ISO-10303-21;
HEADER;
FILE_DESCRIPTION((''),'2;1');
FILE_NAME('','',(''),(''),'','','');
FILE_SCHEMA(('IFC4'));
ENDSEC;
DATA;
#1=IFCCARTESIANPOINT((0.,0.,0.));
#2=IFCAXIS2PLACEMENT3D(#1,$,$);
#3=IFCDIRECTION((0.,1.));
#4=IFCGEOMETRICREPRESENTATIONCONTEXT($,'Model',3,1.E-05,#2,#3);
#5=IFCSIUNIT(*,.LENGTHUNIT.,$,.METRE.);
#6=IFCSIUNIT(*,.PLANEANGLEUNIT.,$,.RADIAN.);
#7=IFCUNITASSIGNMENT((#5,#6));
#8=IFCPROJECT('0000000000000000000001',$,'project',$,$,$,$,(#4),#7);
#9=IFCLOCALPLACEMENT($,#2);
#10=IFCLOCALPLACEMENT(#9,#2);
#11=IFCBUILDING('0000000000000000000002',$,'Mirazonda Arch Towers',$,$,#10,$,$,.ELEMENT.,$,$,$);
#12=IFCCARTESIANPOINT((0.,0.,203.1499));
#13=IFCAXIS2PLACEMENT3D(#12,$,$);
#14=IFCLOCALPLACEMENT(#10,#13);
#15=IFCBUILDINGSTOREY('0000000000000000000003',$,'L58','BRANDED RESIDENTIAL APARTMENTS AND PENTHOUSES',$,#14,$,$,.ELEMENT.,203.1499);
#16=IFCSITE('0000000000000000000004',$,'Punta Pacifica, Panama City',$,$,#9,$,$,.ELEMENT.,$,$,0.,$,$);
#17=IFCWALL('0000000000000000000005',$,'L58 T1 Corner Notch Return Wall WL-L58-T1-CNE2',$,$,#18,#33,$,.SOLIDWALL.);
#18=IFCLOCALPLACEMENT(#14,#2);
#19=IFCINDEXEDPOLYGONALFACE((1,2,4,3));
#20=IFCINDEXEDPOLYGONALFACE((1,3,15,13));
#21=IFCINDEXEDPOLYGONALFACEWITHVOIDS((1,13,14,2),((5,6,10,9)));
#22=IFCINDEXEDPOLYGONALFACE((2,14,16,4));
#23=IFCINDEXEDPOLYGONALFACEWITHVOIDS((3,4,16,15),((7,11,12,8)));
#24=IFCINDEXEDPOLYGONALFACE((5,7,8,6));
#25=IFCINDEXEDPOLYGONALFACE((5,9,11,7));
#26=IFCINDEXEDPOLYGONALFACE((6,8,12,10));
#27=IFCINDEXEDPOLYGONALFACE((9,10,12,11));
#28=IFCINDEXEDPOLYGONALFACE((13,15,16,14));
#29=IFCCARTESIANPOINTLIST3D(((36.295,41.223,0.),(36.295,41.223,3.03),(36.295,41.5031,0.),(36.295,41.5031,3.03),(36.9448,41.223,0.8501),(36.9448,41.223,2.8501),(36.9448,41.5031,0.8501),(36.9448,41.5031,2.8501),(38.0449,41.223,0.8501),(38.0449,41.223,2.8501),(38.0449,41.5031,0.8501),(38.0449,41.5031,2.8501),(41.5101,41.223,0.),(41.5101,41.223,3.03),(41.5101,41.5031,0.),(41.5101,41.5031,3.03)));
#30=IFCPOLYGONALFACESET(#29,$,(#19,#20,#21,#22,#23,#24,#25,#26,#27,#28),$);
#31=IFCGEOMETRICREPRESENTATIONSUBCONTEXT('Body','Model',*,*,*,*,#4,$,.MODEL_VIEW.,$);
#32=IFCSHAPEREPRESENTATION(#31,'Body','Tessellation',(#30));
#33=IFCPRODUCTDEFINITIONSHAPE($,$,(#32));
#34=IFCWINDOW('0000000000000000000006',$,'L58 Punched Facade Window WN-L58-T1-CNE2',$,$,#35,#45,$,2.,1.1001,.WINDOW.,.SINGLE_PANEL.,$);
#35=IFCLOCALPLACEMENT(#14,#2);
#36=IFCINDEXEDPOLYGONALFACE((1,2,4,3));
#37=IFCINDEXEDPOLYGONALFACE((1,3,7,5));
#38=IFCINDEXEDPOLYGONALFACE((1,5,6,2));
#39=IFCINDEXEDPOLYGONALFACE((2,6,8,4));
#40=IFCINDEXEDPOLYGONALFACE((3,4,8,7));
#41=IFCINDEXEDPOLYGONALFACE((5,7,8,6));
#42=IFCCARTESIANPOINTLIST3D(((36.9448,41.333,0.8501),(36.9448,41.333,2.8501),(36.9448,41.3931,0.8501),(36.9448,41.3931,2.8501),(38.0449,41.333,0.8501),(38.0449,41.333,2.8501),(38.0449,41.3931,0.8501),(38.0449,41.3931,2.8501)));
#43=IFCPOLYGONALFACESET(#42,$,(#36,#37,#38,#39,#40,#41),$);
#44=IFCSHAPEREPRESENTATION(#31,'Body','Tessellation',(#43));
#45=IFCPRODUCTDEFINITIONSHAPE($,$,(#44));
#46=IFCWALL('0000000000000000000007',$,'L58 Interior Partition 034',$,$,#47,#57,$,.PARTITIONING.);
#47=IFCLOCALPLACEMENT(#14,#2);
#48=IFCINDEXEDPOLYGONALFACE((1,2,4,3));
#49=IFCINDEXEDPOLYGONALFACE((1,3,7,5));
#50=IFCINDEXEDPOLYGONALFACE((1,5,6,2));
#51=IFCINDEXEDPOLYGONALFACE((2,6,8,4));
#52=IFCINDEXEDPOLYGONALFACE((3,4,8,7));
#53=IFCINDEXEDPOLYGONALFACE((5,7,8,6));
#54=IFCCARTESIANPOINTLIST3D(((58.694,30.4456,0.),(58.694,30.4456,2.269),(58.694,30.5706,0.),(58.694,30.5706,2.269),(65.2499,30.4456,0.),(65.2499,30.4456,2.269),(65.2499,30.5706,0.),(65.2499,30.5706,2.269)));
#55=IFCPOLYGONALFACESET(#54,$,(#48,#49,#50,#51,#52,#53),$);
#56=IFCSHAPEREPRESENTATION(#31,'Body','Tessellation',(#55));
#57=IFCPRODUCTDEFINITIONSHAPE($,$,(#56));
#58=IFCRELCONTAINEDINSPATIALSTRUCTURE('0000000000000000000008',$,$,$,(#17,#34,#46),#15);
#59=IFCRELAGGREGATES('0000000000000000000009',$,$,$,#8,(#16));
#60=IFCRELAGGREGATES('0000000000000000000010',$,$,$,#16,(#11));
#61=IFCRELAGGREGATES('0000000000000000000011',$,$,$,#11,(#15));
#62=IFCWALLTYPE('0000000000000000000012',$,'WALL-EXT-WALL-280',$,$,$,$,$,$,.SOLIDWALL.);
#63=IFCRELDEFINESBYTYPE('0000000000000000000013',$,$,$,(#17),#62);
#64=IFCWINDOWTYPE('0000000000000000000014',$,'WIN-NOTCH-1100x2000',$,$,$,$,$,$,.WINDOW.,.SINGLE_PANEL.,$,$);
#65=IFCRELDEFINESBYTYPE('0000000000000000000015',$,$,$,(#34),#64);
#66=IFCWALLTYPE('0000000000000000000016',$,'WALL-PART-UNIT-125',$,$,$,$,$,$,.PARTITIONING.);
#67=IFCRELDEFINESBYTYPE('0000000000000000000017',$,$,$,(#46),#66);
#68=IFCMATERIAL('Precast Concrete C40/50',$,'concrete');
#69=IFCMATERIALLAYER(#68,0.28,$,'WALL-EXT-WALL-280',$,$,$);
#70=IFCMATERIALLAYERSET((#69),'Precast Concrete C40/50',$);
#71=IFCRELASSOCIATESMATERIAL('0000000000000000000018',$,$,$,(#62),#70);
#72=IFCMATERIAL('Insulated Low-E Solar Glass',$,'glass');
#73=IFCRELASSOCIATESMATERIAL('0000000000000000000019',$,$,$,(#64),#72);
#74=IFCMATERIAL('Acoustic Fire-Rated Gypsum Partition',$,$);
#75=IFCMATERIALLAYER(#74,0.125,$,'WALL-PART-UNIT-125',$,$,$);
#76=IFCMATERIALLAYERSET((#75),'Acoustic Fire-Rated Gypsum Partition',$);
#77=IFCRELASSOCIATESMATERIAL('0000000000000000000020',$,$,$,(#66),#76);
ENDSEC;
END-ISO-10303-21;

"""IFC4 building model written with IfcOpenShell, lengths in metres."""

from ifc_helpers import new_model, si_unit, direction, frame, frame_2d, origin, place, context, subcontext, project, spatial, rectangle, extrude, material, layer, layer_set, type_object, element, fill, save


model = new_model("IFC4")

# Units and contexts
model_context = context("Model", 3, precision=1e-05, world=origin(), true_north=direction((0.0, 1.0)))
body_context = subcontext(model_context, "Body", "Model", "MODEL_VIEW")
ifc_project = project(units=[si_unit("LENGTHUNIT", "METRE"), si_unit("PLANEANGLEUNIT", "RADIAN")], contexts=[model_context])

# Site, building, storey
site_placement = place(None, origin())
site = spatial("IfcSite", under=ifc_project, at=site_placement, Name="Punta Pacifica, Panama City", CompositionType="ELEMENT", RefElevation=0.0)
building_placement = place(site_placement, origin())
building = spatial("IfcBuilding", under=site, at=building_placement, Name="Mirazonda Arch Towers", CompositionType="ELEMENT")
storey_placement = place(building_placement, frame((0.0, 0.0, 203.1499)))
storey = spatial("IfcBuildingStorey", under=building, at=storey_placement, Name="L58", Description="BRANDED RESIDENTIAL APARTMENTS AND PENTHOUSES", CompositionType="ELEMENT", Elevation=203.1499)

# Shared definitions
ifc_material_1 = material(Name="Insulated Low-E Solar Glass", Category="glass")

# Wall, opening, window
ifc_material_2 = material(Name="Precast Concrete C40/50", Category="concrete")
ifc_layer_1 = layer(ifc_material_2, 0.28, Name="WALL-EXT-WALL-280")
ifc_layer_set_1 = layer_set([ifc_layer_1], Name="Precast Concrete C40/50")
wall_type_1 = type_object("IfcWallType", Name="WALL-EXT-WALL-280", PredefinedType="SOLIDWALL", material=ifc_layer_set_1)
wall_1_placement = place(storey_placement, frame((41.51, 41.363, 0.0), z_axis=(0.0, 0.0, 1.0), x_axis=(-1.0, 0.0, 0.0)))
wall_1 = element("IfcWall", 1, at=wall_1_placement, inside=storey, type_object=wall_type_1, Name="L58 T1 Corner Notch Return Wall WL-L58-T1-CNE2", PredefinedType="SOLIDWALL", context=body_context, shape_type="SweptSolid", body=[
    extrude(rectangle(XDim=5.2151, YDim=0.28, at=frame_2d((2.6074, 0.0))), origin(), (0.0, 0.0, 1.0), 3.03),
])
opening_1_placement = place(wall_1_placement, frame((3.4651, 0.0, 0.8501)))
opening_1 = element("IfcOpeningElement", 2, at=opening_1_placement, cuts=wall_1, PredefinedType="OPENING", context=body_context, shape_type="SweptSolid", body=[
    extrude(rectangle(XDim=1.1001, YDim=2.0, at=frame_2d((0.55, 1.0))), frame((0.0, 0.1499, 0.0), z_axis=(0.0, -1.0, 0.0), x_axis=(1.0, 0.0, 0.0)), (0.0, 0.0, 1.0), 0.3),
])
window_type = type_object("IfcWindowType", Name="WIN-NOTCH-1100x2000", PartitioningType="SINGLE_PANEL", PredefinedType="WINDOW", material=ifc_material_1)
window_placement = place(opening_1_placement, origin())
window = element("IfcWindow", 3, at=window_placement, inside=storey, type_object=window_type, Name="L58 Punched Facade Window WN-L58-T1-CNE2", OverallHeight=2.0, OverallWidth=1.1001, PartitioningType="SINGLE_PANEL", PredefinedType="WINDOW", context=body_context, shape_type="SweptSolid", body=[
    extrude(rectangle(XDim=1.1001, YDim=2.0, at=frame_2d((0.55, 1.0))), frame((0.0, 0.03, 0.0), z_axis=(0.0, -1.0, 0.0), x_axis=(1.0, 0.0, 0.0)), (0.0, 0.0, 1.0), 0.0601),
])
fill(opening_1, window)

# Wall
ifc_material_3 = material(Name="Acoustic Fire-Rated Gypsum Partition")
ifc_layer_2 = layer(ifc_material_3, 0.125, Name="WALL-PART-UNIT-125")
ifc_layer_set_2 = layer_set([ifc_layer_2], Name="Acoustic Fire-Rated Gypsum Partition")
wall_type_2 = type_object("IfcWallType", Name="WALL-PART-UNIT-125", PredefinedType="PARTITIONING", material=ifc_layer_set_2)
wall_2_placement = place(storey_placement, frame((58.6941, 30.5081, 0.0), z_axis=(0.0, 0.0, 1.0), x_axis=(1.0, 0.0, 0.0)))
element("IfcWall", 4, at=wall_2_placement, inside=storey, type_object=wall_type_2, Name="L58 Interior Partition 034", PredefinedType="PARTITIONING", context=body_context, shape_type="SweptSolid", body=[
    extrude(rectangle(XDim=6.5559, YDim=0.125, at=frame_2d((3.2778, 0.0))), origin(), (0.0, 0.0, 1.0), 2.269),
])

save(model, "model.ifc")
